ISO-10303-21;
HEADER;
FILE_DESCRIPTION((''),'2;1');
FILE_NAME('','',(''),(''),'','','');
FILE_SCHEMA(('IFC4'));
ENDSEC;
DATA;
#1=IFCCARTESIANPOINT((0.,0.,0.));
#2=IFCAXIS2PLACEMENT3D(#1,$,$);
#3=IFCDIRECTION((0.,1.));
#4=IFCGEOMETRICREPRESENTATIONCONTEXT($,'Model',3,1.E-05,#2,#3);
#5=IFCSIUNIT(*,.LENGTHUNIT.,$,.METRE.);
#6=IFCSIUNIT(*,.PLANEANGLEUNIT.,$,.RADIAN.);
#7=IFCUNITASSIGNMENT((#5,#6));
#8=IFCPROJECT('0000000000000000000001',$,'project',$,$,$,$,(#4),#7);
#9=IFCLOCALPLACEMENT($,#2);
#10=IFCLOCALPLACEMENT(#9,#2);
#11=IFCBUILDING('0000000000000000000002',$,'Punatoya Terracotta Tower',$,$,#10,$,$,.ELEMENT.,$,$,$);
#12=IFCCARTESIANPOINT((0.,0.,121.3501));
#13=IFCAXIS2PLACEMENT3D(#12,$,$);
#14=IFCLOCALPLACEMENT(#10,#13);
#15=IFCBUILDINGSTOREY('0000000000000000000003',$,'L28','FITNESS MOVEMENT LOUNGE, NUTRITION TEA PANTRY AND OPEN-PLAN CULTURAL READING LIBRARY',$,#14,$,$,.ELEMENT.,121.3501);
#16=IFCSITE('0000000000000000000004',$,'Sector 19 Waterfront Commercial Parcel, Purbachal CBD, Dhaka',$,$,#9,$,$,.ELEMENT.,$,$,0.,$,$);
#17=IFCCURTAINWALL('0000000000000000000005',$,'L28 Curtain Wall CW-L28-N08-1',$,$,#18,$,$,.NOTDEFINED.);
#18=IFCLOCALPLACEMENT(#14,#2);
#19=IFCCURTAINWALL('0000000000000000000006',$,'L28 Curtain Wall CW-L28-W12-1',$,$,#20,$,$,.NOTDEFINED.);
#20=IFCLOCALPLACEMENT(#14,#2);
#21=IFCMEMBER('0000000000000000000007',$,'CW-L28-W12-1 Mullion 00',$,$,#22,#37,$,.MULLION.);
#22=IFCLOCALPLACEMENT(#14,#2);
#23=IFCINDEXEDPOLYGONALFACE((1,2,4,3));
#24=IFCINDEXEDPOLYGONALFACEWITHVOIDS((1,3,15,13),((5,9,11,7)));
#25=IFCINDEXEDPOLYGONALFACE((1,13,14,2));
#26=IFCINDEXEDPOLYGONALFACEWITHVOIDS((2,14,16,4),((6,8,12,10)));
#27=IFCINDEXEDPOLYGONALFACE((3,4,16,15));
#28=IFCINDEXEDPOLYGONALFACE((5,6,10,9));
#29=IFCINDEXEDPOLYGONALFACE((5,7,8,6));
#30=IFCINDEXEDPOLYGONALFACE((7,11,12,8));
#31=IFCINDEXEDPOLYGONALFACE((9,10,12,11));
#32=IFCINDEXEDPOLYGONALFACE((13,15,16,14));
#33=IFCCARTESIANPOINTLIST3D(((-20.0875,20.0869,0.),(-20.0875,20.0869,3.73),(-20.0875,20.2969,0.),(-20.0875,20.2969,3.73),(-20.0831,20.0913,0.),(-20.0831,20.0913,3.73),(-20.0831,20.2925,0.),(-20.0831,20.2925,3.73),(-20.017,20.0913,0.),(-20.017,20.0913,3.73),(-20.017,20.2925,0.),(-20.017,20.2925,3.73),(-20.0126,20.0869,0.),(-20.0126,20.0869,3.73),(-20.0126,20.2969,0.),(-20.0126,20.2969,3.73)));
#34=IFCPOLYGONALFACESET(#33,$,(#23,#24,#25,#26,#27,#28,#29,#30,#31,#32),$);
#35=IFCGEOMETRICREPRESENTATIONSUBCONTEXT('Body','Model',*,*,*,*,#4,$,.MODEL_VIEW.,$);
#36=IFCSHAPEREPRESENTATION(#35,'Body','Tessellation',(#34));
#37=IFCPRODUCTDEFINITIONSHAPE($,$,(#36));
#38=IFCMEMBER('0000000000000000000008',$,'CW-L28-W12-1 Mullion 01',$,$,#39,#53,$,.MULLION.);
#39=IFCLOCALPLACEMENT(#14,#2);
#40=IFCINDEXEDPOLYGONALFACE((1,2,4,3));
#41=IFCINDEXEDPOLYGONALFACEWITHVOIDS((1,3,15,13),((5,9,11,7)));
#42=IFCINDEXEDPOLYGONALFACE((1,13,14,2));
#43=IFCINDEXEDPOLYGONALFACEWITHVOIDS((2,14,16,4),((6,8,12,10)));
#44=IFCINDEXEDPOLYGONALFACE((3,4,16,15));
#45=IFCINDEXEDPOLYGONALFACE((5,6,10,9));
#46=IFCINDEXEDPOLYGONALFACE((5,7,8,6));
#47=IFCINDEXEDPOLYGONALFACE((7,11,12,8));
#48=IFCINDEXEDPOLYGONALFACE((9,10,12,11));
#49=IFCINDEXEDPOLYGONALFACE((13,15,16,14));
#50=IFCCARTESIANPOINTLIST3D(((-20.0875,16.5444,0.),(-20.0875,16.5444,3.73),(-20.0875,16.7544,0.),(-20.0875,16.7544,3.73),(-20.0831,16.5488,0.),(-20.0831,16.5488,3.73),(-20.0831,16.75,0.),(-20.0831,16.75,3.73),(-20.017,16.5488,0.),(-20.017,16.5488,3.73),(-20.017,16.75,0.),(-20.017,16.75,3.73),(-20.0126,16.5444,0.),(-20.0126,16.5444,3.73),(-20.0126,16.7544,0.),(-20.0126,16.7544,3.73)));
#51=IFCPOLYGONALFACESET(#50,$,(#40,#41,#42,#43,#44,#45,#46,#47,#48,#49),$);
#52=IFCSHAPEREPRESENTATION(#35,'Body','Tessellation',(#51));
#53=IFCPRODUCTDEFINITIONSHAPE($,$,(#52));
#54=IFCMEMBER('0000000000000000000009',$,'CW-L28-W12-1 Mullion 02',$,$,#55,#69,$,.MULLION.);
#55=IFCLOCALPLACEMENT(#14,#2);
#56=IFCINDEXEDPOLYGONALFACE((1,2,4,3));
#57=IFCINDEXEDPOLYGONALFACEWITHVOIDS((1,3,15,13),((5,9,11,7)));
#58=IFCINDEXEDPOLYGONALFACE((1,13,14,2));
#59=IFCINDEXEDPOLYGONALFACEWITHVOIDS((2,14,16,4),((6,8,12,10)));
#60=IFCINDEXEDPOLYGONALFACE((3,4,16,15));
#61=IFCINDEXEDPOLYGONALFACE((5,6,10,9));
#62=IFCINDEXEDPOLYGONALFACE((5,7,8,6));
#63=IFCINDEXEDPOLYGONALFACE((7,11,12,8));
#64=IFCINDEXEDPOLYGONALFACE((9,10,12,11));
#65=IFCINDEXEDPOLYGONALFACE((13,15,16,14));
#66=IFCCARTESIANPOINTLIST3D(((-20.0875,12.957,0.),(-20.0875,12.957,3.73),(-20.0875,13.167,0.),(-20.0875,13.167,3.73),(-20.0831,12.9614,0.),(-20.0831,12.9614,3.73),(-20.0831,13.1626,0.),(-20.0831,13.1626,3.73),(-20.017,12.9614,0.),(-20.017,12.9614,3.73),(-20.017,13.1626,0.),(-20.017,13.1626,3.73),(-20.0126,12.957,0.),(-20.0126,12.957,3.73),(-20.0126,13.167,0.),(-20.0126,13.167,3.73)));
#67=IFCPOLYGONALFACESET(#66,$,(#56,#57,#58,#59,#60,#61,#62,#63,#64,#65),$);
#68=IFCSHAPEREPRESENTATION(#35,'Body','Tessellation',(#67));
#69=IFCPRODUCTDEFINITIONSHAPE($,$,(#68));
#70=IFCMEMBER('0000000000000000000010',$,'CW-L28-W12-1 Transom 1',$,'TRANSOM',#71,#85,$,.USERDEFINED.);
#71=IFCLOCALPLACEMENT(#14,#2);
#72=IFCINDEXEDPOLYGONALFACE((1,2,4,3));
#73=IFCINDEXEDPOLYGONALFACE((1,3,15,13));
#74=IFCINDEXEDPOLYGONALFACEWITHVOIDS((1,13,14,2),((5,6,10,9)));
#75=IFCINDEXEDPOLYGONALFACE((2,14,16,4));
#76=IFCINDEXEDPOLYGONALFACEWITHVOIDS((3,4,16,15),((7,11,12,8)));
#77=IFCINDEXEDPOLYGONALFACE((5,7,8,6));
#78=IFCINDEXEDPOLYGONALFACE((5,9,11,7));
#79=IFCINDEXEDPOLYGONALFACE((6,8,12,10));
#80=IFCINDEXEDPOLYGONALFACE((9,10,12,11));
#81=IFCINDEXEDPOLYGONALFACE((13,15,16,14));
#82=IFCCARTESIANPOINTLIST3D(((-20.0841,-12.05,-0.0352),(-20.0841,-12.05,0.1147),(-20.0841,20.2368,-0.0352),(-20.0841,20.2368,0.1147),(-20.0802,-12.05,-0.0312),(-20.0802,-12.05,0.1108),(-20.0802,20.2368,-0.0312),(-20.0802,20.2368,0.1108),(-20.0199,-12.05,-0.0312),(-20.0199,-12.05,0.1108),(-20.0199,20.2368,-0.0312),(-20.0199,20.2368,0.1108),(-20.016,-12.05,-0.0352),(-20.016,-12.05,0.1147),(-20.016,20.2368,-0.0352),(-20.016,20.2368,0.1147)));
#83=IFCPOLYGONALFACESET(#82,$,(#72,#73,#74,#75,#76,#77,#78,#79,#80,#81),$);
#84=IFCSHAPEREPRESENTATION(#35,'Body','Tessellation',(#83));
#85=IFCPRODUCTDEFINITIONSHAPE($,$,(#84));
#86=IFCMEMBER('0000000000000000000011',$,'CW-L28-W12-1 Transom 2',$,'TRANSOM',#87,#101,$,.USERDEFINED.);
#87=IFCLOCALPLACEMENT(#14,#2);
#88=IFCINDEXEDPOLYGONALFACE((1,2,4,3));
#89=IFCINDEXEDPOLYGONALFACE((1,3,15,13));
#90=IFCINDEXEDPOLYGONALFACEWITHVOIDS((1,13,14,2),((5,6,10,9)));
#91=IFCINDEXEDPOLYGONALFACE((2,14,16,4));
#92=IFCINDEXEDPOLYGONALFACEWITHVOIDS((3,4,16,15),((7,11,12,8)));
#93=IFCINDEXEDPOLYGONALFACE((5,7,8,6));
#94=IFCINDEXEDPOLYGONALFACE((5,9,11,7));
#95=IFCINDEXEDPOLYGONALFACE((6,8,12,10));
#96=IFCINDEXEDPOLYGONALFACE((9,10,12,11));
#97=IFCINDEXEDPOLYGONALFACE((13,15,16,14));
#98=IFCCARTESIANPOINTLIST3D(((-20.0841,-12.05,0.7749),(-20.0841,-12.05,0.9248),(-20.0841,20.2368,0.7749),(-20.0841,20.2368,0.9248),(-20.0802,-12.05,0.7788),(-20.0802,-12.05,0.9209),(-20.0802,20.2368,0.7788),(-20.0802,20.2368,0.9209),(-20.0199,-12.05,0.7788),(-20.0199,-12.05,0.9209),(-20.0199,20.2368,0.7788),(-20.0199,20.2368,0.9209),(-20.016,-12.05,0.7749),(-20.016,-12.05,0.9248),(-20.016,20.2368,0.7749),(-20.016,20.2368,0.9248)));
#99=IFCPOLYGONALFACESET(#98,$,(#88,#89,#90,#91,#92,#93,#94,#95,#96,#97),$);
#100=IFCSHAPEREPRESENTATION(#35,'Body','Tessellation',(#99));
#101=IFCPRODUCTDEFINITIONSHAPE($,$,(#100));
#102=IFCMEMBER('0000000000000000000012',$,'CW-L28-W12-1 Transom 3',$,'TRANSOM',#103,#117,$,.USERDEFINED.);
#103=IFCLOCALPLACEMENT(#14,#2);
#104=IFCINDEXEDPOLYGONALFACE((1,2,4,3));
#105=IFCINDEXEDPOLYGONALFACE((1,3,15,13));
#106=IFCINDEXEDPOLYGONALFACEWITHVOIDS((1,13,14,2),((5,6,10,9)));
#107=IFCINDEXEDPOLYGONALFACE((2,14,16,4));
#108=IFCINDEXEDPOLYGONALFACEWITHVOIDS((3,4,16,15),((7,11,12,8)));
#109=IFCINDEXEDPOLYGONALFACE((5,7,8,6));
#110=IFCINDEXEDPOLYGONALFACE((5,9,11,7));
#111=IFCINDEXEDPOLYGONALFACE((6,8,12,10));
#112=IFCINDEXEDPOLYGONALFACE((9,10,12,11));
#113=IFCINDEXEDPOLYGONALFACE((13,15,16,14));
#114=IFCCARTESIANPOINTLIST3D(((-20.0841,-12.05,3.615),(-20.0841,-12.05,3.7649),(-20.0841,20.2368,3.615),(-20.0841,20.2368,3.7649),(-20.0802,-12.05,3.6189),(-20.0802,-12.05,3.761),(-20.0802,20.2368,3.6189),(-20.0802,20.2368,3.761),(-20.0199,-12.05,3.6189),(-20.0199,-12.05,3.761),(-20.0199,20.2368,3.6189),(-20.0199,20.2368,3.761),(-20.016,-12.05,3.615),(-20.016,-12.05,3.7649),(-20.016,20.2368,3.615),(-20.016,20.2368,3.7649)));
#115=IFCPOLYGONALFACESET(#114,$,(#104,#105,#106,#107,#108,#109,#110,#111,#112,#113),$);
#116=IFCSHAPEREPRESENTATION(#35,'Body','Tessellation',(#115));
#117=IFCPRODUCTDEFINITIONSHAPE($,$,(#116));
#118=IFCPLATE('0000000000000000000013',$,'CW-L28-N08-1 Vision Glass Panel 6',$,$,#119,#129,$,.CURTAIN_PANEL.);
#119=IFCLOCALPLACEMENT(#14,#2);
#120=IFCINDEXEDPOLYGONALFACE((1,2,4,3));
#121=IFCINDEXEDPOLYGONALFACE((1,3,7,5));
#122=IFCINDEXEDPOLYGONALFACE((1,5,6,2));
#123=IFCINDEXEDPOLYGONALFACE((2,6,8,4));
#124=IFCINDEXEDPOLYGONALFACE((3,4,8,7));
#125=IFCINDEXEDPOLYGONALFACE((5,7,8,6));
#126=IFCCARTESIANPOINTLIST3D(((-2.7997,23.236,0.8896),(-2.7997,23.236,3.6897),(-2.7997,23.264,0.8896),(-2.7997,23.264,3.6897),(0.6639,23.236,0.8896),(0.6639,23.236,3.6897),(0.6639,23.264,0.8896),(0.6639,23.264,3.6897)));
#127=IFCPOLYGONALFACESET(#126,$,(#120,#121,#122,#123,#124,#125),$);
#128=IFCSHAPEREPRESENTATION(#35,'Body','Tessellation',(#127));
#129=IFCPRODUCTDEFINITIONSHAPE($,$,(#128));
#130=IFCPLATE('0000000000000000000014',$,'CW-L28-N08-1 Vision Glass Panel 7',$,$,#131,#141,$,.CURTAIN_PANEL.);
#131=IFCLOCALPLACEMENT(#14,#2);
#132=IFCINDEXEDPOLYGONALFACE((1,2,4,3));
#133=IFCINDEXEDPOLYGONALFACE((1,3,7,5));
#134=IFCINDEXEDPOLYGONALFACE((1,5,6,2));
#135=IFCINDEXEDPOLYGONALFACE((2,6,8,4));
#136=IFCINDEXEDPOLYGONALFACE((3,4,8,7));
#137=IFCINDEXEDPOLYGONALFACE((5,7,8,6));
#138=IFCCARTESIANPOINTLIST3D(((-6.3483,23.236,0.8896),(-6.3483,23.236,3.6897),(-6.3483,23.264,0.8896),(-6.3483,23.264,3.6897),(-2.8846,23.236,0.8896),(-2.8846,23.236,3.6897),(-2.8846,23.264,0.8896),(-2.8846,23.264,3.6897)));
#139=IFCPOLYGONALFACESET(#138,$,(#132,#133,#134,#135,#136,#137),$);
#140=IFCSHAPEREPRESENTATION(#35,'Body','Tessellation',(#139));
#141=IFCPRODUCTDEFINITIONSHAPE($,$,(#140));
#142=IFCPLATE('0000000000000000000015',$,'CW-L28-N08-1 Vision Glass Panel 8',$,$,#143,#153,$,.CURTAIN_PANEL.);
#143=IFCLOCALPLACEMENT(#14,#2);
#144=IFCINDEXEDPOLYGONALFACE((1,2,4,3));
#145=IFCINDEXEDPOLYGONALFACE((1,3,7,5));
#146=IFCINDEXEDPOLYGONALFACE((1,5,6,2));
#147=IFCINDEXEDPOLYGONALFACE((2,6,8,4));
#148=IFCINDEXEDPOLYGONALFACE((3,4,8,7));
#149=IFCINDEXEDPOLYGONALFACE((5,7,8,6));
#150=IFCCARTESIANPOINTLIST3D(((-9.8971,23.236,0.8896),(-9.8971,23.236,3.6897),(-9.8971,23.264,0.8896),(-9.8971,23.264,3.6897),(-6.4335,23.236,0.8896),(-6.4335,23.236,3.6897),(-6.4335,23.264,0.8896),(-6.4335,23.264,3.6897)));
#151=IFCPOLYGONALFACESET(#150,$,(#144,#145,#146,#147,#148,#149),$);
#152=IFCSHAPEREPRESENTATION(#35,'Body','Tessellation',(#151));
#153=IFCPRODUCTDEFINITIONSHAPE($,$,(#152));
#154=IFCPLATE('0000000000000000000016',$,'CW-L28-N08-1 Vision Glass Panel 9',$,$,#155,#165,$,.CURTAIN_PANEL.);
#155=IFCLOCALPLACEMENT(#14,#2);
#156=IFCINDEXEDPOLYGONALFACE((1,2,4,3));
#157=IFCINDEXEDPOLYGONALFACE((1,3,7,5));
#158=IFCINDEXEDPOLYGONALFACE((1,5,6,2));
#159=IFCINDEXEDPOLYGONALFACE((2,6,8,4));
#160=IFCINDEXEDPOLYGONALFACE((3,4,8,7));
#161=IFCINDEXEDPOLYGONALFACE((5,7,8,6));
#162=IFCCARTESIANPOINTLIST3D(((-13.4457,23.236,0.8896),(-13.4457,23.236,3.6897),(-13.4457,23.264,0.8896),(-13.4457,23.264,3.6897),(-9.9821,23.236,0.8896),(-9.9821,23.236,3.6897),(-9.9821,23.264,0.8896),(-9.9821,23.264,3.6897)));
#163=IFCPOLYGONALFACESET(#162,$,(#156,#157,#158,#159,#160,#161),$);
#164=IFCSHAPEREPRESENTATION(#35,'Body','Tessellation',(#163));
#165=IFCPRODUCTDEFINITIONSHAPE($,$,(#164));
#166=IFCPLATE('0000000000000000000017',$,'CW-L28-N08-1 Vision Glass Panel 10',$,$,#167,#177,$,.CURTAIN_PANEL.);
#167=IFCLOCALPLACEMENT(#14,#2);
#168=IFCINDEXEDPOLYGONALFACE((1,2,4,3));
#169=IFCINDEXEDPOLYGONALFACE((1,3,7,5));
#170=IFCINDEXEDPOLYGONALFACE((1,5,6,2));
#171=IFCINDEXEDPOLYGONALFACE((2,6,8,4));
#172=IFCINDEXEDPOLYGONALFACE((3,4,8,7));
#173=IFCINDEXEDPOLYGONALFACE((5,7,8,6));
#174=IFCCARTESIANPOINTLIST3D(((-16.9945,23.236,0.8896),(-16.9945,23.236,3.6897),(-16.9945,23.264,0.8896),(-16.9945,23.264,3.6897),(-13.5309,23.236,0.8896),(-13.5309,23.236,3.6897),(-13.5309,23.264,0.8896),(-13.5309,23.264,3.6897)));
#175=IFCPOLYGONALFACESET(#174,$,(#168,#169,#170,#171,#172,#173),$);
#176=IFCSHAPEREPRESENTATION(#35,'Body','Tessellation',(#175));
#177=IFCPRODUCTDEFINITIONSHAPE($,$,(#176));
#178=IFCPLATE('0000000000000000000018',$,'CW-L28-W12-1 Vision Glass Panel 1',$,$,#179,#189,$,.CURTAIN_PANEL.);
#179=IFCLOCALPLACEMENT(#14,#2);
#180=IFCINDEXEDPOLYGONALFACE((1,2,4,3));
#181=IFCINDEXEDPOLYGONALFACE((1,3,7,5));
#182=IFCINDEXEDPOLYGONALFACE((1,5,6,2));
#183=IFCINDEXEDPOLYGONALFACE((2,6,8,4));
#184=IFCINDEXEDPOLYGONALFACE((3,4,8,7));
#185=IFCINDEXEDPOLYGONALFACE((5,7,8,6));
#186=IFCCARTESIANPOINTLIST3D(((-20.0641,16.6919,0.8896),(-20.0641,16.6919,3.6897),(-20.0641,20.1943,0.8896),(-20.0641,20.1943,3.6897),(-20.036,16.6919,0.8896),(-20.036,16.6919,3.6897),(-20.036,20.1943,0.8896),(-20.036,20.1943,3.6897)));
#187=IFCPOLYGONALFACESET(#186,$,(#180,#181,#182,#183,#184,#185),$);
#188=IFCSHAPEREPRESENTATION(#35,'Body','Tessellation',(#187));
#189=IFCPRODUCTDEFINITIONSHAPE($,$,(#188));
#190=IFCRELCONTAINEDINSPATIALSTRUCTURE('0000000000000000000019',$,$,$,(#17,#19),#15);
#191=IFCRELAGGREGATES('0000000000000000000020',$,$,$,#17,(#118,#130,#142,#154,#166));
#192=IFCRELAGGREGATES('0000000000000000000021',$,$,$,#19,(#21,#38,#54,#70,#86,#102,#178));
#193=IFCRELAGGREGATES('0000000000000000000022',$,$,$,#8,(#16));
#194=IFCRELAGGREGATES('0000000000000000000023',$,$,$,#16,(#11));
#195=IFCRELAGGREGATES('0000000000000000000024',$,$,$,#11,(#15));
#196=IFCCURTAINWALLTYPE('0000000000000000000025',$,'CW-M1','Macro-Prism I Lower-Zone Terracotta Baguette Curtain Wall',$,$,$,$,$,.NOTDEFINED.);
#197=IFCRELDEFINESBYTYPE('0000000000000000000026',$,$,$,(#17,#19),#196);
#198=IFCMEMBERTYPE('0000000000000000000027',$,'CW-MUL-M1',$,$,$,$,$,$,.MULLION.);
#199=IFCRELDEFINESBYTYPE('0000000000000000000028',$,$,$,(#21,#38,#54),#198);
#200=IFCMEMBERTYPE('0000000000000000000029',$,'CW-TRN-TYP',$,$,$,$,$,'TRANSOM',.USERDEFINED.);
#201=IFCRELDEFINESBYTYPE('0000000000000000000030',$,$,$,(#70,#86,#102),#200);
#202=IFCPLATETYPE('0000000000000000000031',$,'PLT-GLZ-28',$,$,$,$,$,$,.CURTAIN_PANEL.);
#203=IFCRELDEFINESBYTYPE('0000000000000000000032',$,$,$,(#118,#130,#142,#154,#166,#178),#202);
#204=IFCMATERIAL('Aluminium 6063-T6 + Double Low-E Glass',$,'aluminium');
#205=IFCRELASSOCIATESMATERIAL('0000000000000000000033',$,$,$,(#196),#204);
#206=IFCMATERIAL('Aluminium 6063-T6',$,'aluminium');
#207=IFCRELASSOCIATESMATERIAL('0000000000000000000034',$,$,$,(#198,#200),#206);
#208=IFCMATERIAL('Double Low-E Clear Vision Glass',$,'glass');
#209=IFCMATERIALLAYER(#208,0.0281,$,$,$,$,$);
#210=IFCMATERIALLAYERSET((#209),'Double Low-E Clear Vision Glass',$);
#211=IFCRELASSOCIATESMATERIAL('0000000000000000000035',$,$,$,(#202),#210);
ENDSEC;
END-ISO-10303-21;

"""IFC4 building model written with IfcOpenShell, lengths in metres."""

from ifc_helpers import new_model, si_unit, direction, frame, origin, origin_2d, place, context, subcontext, project, spatial, rectangle, hollow_rectangle, extrude, material, layer, layer_set, material_profile, profile_set, type_object, element, aggregate, save


model = new_model("IFC4")

# Units and contexts
model_context = context("Model", 3, precision=1e-05, world=origin(), true_north=direction((0.0, 1.0)))
body_context = subcontext(model_context, "Body", "Model", "MODEL_VIEW")
ifc_project = project(units=[si_unit("LENGTHUNIT", "METRE"), si_unit("PLANEANGLEUNIT", "RADIAN")], contexts=[model_context])

# Site, building, storey
site_placement = place(None, origin())
site = spatial("IfcSite", under=ifc_project, at=site_placement, Name="Sector 19 Waterfront Commercial Parcel, Purbachal CBD, Dhaka", CompositionType="ELEMENT", RefElevation=0.0)
building_placement = place(site_placement, origin())
building = spatial("IfcBuilding", under=site, at=building_placement, Name="Punatoya Terracotta Tower", CompositionType="ELEMENT")
storey_placement = place(building_placement, frame((0.0, 0.0, 121.3501)))
storey = spatial("IfcBuildingStorey", under=building, at=storey_placement, Name="L28", Description="FITNESS MOVEMENT LOUNGE, NUTRITION TEA PANTRY AND OPEN-PLAN CULTURAL READING LIBRARY", CompositionType="ELEMENT", Elevation=121.3501)

# Curtain walls, members
ifc_material_1 = material(Name="Aluminium 6063-T6 + Double Low-E Glass", Category="aluminium")
curtain_wall_type = type_object("IfcCurtainWallType", Name="CW-M1", Description="Macro-Prism I Lower-Zone Terracotta Baguette Curtain Wall", PredefinedType="NOTDEFINED", material=ifc_material_1)
curtain_wall_1_placement = place(storey_placement, origin())
curtain_wall_1 = element("IfcCurtainWall", 1, at=curtain_wall_1_placement, inside=storey, type_object=curtain_wall_type, Name="L28 Curtain Wall CW-L28-N08-1", PredefinedType="NOTDEFINED")
ifc_material_2 = material(Name="Aluminium 6063-T6", Category="aluminium")
ifc_material_profile_1 = material_profile(ifc_material_2, hollow_rectangle(XDim=0.075, YDim=0.21, WallThickness=0.0044, at=origin_2d()))
ifc_profile_set_1 = profile_set([ifc_material_profile_1], Name="Aluminium 6063-T6")
member_type_1 = type_object("IfcMemberType", Name="CW-MUL-M1", PredefinedType="MULLION", material=ifc_profile_set_1)
curtain_wall_2_placement = place(storey_placement, origin())
curtain_wall_2 = element("IfcCurtainWall", 2, at=curtain_wall_2_placement, inside=storey, type_object=curtain_wall_type, Name="L28 Curtain Wall CW-L28-W12-1", PredefinedType="NOTDEFINED")
member_1_placement = place(storey_placement, frame((-20.05, 20.1919, 0.0), z_axis=(0.0, 0.0, 1.0), x_axis=(1.0, 0.0, 0.0)))
member_1 = element("IfcMember", 3, at=member_1_placement, type_object=member_type_1, Name="CW-L28-W12-1 Mullion 00", PredefinedType="MULLION", context=body_context, shape_type="SweptSolid", body=[
    extrude(hollow_rectangle(XDim=0.075, YDim=0.21, WallThickness=0.0044, at=origin_2d()), origin(), (0.0, 0.0, 1.0), 3.73),
])
member_2_placement = place(storey_placement, frame((-20.05, 16.6494, 0.0), z_axis=(0.0, 0.0, 1.0), x_axis=(1.0, 0.0, 0.0)))
member_2 = element("IfcMember", 4, at=member_2_placement, type_object=member_type_1, Name="CW-L28-W12-1 Mullion 01", PredefinedType="MULLION", context=body_context, shape_type="SweptSolid", body=[
    extrude(hollow_rectangle(XDim=0.075, YDim=0.21, WallThickness=0.0044, at=origin_2d()), origin(), (0.0, 0.0, 1.0), 3.73),
])
member_3_placement = place(storey_placement, frame((-20.05, 13.062, 0.0), z_axis=(0.0, 0.0, 1.0), x_axis=(1.0, 0.0, 0.0)))
member_3 = element("IfcMember", 5, at=member_3_placement, type_object=member_type_1, Name="CW-L28-W12-1 Mullion 02", PredefinedType="MULLION", context=body_context, shape_type="SweptSolid", body=[
    extrude(hollow_rectangle(XDim=0.075, YDim=0.21, WallThickness=0.0044, at=origin_2d()), origin(), (0.0, 0.0, 1.0), 3.73),
])
ifc_material_profile_2 = material_profile(ifc_material_2, hollow_rectangle(XDim=0.0681, YDim=0.1499, WallThickness=0.0039, at=origin_2d()))
ifc_profile_set_2 = profile_set([ifc_material_profile_2], Name="Aluminium 6063-T6")
member_type_2 = type_object("IfcMemberType", Name="CW-TRN-TYP", ElementType="TRANSOM", PredefinedType="USERDEFINED", material=ifc_profile_set_2)
member_4_placement = place(storey_placement, frame((-20.05, 20.2368, 0.0398), z_axis=(0.0, -1.0, 0.0), x_axis=(1.0, 0.0, 0.0)))
member_4 = element("IfcMember", 6, at=member_4_placement, type_object=member_type_2, Name="CW-L28-W12-1 Transom 1", ObjectType="TRANSOM", PredefinedType="USERDEFINED", context=body_context, shape_type="SweptSolid", body=[
    extrude(hollow_rectangle(XDim=0.0681, YDim=0.1499, WallThickness=0.0039, at=origin_2d()), origin(), (0.0, 0.0, 1.0), 32.2869),
])
member_5_placement = place(storey_placement, frame((-20.05, 20.2368, 0.8499), z_axis=(0.0, -1.0, 0.0), x_axis=(1.0, 0.0, 0.0)))
member_5 = element("IfcMember", 7, at=member_5_placement, type_object=member_type_2, Name="CW-L28-W12-1 Transom 2", ObjectType="TRANSOM", PredefinedType="USERDEFINED", context=body_context, shape_type="SweptSolid", body=[
    extrude(hollow_rectangle(XDim=0.0681, YDim=0.1499, WallThickness=0.0039, at=origin_2d()), origin(), (0.0, 0.0, 1.0), 32.2869),
])
member_6_placement = place(storey_placement, frame((-20.05, 20.2368, 3.6899), z_axis=(0.0, -1.0, 0.0), x_axis=(1.0, 0.0, 0.0)))
member_6 = element("IfcMember", 8, at=member_6_placement, type_object=member_type_2, Name="CW-L28-W12-1 Transom 3", ObjectType="TRANSOM", PredefinedType="USERDEFINED", context=body_context, shape_type="SweptSolid", body=[
    extrude(hollow_rectangle(XDim=0.0681, YDim=0.1499, WallThickness=0.0039, at=origin_2d()), origin(), (0.0, 0.0, 1.0), 32.2869),
])

# Plates
ifc_material_3 = material(Name="Double Low-E Clear Vision Glass", Category="glass")
ifc_layer_1 = layer(ifc_material_3, 0.0281)
ifc_layer_set_1 = layer_set([ifc_layer_1], Name="Double Low-E Clear Vision Glass")
plate_type_1 = type_object("IfcPlateType", Name="PLT-GLZ-28", PredefinedType="CURTAIN_PANEL", material=ifc_layer_set_1)
plate_1_placement = place(storey_placement, frame((-1.0679, 23.25, 0.8896), z_axis=(0.0, 0.0, 1.0), x_axis=(-1.0, 0.0, 0.0)))
plate_1 = element("IfcPlate", 9, at=plate_1_placement, type_object=plate_type_1, Name="CW-L28-N08-1 Vision Glass Panel 6", PredefinedType="CURTAIN_PANEL", context=body_context, shape_type="SweptSolid", body=[
    extrude(rectangle(XDim=3.4636, YDim=0.0281, at=origin_2d()), origin(), (0.0, 0.0, 1.0), 2.8),
])
plate_2_placement = place(storey_placement, frame((-4.6165, 23.25, 0.8896), z_axis=(0.0, 0.0, 1.0), x_axis=(-1.0, 0.0, 0.0)))
plate_2 = element("IfcPlate", 10, at=plate_2_placement, type_object=plate_type_1, Name="CW-L28-N08-1 Vision Glass Panel 7", PredefinedType="CURTAIN_PANEL", context=body_context, shape_type="SweptSolid", body=[
    extrude(rectangle(XDim=3.4636, YDim=0.0281, at=origin_2d()), origin(), (0.0, 0.0, 1.0), 2.8),
])
plate_3_placement = place(storey_placement, frame((-8.1653, 23.25, 0.8896), z_axis=(0.0, 0.0, 1.0), x_axis=(-1.0, 0.0, 0.0)))
plate_3 = element("IfcPlate", 11, at=plate_3_placement, type_object=plate_type_1, Name="CW-L28-N08-1 Vision Glass Panel 8", PredefinedType="CURTAIN_PANEL", context=body_context, shape_type="SweptSolid", body=[
    extrude(rectangle(XDim=3.4636, YDim=0.0281, at=origin_2d()), origin(), (0.0, 0.0, 1.0), 2.8),
])
plate_4_placement = place(storey_placement, frame((-11.7139, 23.25, 0.8896), z_axis=(0.0, 0.0, 1.0), x_axis=(-1.0, 0.0, 0.0)))
plate_4 = element("IfcPlate", 12, at=plate_4_placement, type_object=plate_type_1, Name="CW-L28-N08-1 Vision Glass Panel 9", PredefinedType="CURTAIN_PANEL", context=body_context, shape_type="SweptSolid", body=[
    extrude(rectangle(XDim=3.4636, YDim=0.0281, at=origin_2d()), origin(), (0.0, 0.0, 1.0), 2.8),
])
plate_5_placement = place(storey_placement, frame((-15.2627, 23.25, 0.8896), z_axis=(0.0, 0.0, 1.0), x_axis=(-1.0, 0.0, 0.0)))
plate_5 = element("IfcPlate", 13, at=plate_5_placement, type_object=plate_type_1, Name="CW-L28-N08-1 Vision Glass Panel 10", PredefinedType="CURTAIN_PANEL", context=body_context, shape_type="SweptSolid", body=[
    extrude(rectangle(XDim=3.4636, YDim=0.0281, at=origin_2d()), origin(), (0.0, 0.0, 1.0), 2.8),
])
plate_6_placement = place(storey_placement, frame((-20.05, 18.4431, 0.8896), z_axis=(0.0, 0.0, 1.0), x_axis=(0.0, -1.0, 0.0)))
plate_6 = element("IfcPlate", 14, at=plate_6_placement, type_object=plate_type_1, Name="CW-L28-W12-1 Vision Glass Panel 1", PredefinedType="CURTAIN_PANEL", context=body_context, shape_type="SweptSolid", body=[
    extrude(rectangle(XDim=3.5024, YDim=0.0281, at=origin_2d()), origin(), (0.0, 0.0, 1.0), 2.8),
])
aggregate(curtain_wall_1, [plate_1, plate_2, plate_3, plate_4, plate_5])
aggregate(curtain_wall_2, [member_1, member_2, member_3, member_4, member_5, member_6, plate_6])

save(model, "model.ifc")
